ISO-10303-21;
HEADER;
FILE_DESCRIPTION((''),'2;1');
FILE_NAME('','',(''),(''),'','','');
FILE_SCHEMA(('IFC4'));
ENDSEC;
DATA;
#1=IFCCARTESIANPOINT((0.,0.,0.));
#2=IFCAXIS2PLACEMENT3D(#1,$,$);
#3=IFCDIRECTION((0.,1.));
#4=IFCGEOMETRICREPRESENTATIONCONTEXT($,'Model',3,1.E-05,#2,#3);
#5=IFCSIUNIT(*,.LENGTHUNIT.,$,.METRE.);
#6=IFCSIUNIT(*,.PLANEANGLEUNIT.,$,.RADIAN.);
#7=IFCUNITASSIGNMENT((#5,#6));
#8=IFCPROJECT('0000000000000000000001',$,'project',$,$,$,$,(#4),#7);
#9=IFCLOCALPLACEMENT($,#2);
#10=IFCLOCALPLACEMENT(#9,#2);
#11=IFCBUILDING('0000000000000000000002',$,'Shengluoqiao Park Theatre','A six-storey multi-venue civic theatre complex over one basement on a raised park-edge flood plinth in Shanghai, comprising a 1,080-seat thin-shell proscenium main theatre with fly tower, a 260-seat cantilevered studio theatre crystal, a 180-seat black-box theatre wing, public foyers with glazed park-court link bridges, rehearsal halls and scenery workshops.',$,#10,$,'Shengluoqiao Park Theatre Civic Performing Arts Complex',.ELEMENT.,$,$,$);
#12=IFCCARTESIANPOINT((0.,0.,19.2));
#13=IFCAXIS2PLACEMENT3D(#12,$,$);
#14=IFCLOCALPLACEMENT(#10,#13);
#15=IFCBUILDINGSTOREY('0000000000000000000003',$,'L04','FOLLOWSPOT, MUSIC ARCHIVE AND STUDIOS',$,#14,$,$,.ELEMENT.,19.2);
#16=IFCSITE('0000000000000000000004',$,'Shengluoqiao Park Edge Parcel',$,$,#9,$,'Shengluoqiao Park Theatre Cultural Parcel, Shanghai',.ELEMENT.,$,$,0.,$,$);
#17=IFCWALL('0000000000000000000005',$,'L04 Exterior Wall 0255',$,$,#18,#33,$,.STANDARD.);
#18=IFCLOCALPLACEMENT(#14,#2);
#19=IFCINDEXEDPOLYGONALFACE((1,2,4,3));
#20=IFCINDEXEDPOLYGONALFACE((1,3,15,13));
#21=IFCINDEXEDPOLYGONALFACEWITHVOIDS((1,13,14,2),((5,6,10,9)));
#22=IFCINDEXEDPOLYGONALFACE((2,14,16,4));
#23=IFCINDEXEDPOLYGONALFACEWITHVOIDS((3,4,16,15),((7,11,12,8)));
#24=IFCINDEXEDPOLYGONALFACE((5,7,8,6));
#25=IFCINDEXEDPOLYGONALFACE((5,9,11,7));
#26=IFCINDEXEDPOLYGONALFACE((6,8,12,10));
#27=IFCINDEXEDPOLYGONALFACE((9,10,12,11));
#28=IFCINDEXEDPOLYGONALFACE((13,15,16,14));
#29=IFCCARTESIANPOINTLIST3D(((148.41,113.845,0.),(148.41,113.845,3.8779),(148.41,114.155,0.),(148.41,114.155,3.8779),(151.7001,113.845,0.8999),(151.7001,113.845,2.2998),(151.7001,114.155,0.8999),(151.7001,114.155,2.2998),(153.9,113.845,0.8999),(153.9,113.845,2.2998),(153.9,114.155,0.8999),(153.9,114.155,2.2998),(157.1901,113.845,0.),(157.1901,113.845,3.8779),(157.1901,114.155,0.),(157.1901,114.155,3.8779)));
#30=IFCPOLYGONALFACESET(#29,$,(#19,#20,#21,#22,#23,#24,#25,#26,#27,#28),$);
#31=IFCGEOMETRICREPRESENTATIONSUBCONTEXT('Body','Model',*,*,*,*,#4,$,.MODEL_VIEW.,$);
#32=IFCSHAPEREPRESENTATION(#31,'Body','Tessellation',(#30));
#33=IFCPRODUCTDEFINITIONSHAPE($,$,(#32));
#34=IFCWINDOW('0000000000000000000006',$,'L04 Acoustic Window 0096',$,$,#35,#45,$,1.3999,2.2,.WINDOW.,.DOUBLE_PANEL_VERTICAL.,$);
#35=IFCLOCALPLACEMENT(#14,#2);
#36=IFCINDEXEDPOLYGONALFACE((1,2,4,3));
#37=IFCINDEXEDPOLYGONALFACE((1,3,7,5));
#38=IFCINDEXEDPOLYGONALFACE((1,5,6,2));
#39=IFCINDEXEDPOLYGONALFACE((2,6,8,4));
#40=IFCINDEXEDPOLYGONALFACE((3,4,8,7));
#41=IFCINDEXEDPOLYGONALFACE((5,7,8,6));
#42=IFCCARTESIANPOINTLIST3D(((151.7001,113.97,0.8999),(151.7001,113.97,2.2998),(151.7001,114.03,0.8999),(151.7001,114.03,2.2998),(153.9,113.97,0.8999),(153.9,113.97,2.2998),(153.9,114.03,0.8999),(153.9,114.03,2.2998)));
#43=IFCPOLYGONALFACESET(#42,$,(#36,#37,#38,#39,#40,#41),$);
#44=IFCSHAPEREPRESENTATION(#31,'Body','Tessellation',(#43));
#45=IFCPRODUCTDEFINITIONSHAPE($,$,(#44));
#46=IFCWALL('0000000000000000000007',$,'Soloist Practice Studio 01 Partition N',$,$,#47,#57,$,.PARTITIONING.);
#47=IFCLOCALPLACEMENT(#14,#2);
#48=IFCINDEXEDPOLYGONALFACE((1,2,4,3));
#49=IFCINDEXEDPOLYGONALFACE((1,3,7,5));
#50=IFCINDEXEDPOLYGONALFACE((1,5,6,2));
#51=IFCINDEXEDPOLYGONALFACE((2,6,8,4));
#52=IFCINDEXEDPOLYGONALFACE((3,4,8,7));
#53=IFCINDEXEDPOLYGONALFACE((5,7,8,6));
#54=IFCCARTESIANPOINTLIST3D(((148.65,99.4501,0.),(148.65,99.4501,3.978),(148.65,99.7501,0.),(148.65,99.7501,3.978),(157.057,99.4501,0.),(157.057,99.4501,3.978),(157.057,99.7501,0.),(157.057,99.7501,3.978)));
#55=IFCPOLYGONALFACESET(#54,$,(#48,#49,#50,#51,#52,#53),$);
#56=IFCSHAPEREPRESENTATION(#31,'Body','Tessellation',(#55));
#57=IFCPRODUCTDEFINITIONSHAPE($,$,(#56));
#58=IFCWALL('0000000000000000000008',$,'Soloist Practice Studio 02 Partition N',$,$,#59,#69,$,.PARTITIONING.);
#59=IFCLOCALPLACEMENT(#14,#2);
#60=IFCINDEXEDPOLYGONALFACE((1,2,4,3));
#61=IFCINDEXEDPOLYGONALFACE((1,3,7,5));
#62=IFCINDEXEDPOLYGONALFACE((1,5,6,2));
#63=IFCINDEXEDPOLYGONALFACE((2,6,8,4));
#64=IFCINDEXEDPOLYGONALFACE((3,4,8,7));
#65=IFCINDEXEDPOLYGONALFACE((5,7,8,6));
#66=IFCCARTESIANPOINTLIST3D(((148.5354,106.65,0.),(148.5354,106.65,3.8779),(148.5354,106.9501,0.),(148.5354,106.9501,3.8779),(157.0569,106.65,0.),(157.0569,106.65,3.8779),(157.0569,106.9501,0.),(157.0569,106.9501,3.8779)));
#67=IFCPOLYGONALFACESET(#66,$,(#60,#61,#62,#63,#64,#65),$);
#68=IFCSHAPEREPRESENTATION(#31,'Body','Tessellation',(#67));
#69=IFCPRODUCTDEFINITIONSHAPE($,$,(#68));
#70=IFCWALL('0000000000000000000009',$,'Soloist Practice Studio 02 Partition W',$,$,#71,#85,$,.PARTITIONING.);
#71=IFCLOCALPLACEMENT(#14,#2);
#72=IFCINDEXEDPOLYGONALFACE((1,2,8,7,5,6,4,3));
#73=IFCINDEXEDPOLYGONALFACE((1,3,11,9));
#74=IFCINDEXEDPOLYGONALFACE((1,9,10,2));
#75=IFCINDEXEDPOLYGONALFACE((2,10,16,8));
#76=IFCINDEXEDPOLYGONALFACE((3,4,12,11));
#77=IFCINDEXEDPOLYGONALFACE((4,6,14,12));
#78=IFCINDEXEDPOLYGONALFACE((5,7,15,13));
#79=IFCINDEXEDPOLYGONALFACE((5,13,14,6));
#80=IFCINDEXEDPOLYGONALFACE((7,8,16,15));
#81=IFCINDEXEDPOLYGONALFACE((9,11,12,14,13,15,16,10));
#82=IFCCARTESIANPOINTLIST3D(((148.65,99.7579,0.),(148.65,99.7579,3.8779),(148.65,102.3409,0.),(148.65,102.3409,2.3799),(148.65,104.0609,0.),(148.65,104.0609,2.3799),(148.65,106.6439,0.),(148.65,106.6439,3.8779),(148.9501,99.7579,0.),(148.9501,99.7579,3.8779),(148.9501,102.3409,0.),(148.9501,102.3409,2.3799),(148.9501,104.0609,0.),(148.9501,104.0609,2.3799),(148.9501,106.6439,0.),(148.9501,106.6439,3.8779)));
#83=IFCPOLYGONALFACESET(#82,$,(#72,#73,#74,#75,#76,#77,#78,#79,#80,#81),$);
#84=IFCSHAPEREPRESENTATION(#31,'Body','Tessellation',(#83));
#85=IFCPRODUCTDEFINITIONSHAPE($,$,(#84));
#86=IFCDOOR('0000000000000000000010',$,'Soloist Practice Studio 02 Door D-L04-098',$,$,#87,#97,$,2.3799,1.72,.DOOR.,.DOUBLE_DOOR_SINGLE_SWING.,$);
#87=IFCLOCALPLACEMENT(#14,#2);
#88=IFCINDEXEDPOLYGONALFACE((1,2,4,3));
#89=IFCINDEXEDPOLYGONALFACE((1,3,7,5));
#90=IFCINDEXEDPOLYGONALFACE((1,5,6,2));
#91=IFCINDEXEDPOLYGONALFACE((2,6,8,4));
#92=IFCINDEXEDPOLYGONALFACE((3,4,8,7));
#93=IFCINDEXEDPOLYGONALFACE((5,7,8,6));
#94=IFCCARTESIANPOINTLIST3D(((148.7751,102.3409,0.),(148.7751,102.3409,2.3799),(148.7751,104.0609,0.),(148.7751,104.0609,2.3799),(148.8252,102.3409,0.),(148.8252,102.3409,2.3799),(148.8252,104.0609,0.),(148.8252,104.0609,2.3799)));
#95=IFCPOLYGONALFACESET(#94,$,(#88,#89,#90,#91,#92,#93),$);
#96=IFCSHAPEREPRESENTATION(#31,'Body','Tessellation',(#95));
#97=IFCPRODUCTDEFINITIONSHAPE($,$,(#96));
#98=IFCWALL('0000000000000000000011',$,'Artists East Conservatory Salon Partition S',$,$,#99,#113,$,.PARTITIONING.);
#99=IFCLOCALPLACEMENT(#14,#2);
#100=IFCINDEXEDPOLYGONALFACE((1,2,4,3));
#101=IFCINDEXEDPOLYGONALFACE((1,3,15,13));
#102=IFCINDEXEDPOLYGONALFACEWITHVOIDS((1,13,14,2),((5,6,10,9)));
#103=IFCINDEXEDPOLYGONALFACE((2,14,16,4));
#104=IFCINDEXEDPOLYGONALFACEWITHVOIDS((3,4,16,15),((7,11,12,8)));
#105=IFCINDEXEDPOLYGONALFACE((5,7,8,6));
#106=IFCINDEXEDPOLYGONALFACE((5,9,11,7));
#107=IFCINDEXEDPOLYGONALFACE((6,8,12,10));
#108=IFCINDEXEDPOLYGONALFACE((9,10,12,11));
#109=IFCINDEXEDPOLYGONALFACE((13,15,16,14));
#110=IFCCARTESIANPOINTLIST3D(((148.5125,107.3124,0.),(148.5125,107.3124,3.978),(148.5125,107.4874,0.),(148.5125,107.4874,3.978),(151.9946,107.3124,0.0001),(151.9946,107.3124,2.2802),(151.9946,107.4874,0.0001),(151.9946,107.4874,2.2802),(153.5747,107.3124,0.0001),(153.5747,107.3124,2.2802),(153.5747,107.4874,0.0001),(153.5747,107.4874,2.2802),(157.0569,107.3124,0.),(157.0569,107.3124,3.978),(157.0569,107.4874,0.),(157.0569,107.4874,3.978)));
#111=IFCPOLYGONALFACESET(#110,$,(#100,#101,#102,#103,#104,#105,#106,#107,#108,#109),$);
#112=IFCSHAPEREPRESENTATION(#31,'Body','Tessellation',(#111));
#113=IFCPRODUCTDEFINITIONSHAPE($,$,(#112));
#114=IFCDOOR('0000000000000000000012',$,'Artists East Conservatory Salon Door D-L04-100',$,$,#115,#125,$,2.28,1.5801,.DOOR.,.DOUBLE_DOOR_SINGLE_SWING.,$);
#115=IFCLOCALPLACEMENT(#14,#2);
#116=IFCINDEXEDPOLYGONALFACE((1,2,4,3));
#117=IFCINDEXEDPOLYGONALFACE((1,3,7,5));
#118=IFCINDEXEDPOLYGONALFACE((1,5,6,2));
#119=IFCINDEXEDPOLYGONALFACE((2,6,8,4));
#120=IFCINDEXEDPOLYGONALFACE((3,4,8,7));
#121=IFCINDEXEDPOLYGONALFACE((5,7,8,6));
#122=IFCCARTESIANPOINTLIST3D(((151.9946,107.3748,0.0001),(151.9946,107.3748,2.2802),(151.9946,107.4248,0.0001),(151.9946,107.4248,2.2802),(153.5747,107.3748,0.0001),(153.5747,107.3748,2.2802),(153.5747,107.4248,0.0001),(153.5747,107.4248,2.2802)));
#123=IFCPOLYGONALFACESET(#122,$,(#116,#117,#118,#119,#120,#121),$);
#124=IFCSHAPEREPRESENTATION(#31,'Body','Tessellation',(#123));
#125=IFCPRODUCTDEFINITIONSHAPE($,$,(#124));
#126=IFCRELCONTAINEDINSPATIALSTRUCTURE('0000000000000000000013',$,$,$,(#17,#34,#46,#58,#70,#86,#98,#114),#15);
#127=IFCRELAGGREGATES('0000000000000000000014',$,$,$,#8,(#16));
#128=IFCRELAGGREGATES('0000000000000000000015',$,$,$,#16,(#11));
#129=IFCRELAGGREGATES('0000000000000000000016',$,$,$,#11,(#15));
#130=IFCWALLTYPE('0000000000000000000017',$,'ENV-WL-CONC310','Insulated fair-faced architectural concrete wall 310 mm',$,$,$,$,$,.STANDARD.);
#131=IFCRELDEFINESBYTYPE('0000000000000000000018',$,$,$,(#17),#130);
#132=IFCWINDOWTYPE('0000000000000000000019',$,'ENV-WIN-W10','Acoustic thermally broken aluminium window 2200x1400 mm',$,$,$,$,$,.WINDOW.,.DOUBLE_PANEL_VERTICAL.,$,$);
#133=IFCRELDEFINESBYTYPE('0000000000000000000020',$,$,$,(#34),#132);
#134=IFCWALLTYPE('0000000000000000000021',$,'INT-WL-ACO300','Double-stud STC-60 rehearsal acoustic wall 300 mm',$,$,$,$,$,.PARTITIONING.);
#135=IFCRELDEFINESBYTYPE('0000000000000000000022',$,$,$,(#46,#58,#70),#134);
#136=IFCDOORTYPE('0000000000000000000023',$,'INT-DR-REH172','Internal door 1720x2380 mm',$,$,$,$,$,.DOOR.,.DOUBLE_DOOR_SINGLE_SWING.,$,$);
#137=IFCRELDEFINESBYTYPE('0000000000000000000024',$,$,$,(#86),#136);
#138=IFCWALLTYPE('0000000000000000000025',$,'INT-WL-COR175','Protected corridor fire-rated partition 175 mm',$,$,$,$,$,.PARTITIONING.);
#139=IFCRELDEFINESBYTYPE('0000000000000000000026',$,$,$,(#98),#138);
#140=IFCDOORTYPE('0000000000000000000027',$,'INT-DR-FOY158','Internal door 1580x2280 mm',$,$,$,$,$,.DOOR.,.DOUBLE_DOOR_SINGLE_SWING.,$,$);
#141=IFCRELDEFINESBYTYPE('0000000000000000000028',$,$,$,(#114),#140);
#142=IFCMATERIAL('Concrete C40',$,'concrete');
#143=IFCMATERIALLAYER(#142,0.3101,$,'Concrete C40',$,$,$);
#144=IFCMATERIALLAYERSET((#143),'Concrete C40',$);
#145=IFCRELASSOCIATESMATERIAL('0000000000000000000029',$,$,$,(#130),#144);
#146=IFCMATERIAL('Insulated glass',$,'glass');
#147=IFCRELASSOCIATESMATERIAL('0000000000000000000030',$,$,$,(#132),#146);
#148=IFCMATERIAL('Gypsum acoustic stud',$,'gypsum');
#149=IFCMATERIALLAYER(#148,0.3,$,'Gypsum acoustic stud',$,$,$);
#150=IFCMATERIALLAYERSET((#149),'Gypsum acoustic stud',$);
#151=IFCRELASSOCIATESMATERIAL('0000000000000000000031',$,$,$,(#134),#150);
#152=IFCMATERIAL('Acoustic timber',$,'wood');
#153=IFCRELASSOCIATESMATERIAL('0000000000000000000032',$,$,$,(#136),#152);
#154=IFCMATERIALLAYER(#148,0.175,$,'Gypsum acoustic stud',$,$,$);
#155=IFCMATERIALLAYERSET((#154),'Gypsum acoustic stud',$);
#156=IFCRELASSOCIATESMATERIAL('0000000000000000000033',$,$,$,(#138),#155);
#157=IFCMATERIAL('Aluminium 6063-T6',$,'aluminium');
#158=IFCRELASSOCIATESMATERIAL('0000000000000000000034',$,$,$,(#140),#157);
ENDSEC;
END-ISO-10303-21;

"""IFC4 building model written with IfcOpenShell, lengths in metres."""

from ifc_helpers import new_model, si_unit, direction, frame, frame_2d, origin, place, context, subcontext, project, spatial, rectangle, extrude, material, layer, layer_set, type_object, element, fill, save


model = new_model("IFC4")

# Units and contexts
model_context = context("Model", 3, precision=1e-05, world=origin(), true_north=direction((0.0, 1.0)))
body_context = subcontext(model_context, "Body", "Model", "MODEL_VIEW")
ifc_project = project(units=[si_unit("LENGTHUNIT", "METRE"), si_unit("PLANEANGLEUNIT", "RADIAN")], contexts=[model_context])

# Site, building, storey
site_placement = place(None, origin())
site = spatial("IfcSite", under=ifc_project, at=site_placement, Name="Shengluoqiao Park Edge Parcel", LongName="Shengluoqiao Park Theatre Cultural Parcel, Shanghai", CompositionType="ELEMENT", RefElevation=0.0)
building_placement = place(site_placement, origin())
building = spatial("IfcBuilding", under=site, at=building_placement, Name="Shengluoqiao Park Theatre", Description="A six-storey multi-venue civic theatre complex over one basement on a raised park-edge flood plinth in Shanghai, comprising a 1,080-seat thin-shell proscenium main theatre with fly tower, a 260-seat cantilevered studio theatre crystal, a 180-seat black-box theatre wing, public foyers with glazed park-court link bridges, rehearsal halls and scenery workshops.", LongName="Shengluoqiao Park Theatre Civic Performing Arts Complex", CompositionType="ELEMENT")
storey_placement = place(building_placement, frame((0.0, 0.0, 19.2)))
storey = spatial("IfcBuildingStorey", under=building, at=storey_placement, Name="L04", Description="FOLLOWSPOT, MUSIC ARCHIVE AND STUDIOS", CompositionType="ELEMENT", Elevation=19.2)

# Shared definitions
ifc_material_1 = material(Name="Concrete C40", Category="concrete")
ifc_material_2 = material(Name="Aluminium 6063-T6", Category="aluminium")
ifc_material_3 = material(Name="Insulated glass", Category="glass")

# Wall, opening, window
ifc_layer_1 = layer(ifc_material_1, 0.3101, Name="Concrete C40")
ifc_layer_set_1 = layer_set([ifc_layer_1], Name="Concrete C40")
wall_type_1 = type_object("IfcWallType", Name="ENV-WL-CONC310", Description="Insulated fair-faced architectural concrete wall 310 mm", PredefinedType="STANDARD", material=ifc_layer_set_1)
wall_1_placement = place(storey_placement, frame((148.4099, 114.0, 0.0), z_axis=(0.0, 0.0, 1.0), x_axis=(1.0, 0.0, 0.0)))
wall_1 = element("IfcWall", 1, at=wall_1_placement, inside=storey, type_object=wall_type_1, Name="L04 Exterior Wall 0255", PredefinedType="STANDARD", context=body_context, shape_type="SweptSolid", body=[
    extrude(rectangle(XDim=8.78, YDim=0.3101, at=frame_2d((4.3901, 0.0))), origin(), (0.0, 0.0, 1.0), 3.8779),
])
opening_1_placement = place(wall_1_placement, frame((3.29, 0.0, 0.8999)))
opening_1 = element("IfcOpeningElement", 2, at=opening_1_placement, cuts=wall_1, PredefinedType="OPENING", context=body_context, shape_type="SweptSolid", body=[
    extrude(rectangle(XDim=2.2, YDim=1.3999, at=frame_2d((1.1001, 0.7))), frame((0.0, 0.165, 0.0), z_axis=(0.0, -1.0, 0.0), x_axis=(1.0, 0.0, 0.0)), (0.0, 0.0, 1.0), 0.3301),
])
window_type_1 = type_object("IfcWindowType", Name="ENV-WIN-W10", Description="Acoustic thermally broken aluminium window 2200x1400 mm", PartitioningType="DOUBLE_PANEL_VERTICAL", PredefinedType="WINDOW", material=ifc_material_3)
window_1_placement = place(opening_1_placement, origin())
window_1 = element("IfcWindow", 3, at=window_1_placement, inside=storey, type_object=window_type_1, Name="L04 Acoustic Window 0096", OverallHeight=1.3999, OverallWidth=2.2, PartitioningType="DOUBLE_PANEL_VERTICAL", PredefinedType="WINDOW", context=body_context, shape_type="SweptSolid", body=[
    extrude(rectangle(XDim=2.2, YDim=1.3999, at=frame_2d((1.1001, 0.7))), frame((0.0, 0.03, 0.0), z_axis=(0.0, -1.0, 0.0), x_axis=(1.0, 0.0, 0.0)), (0.0, 0.0, 1.0), 0.0601),
])
fill(opening_1, window_1)

# Walls
ifc_material_4 = material(Name="Gypsum acoustic stud", Category="gypsum")
ifc_layer_2 = layer(ifc_material_4, 0.3, Name="Gypsum acoustic stud")
ifc_layer_set_2 = layer_set([ifc_layer_2], Name="Gypsum acoustic stud")
wall_type_2 = type_object("IfcWallType", Name="INT-WL-ACO300", Description="Double-stud STC-60 rehearsal acoustic wall 300 mm", PredefinedType="PARTITIONING", material=ifc_layer_set_2)
wall_2_placement = place(storey_placement, frame((148.6499, 99.6001, 0.0), z_axis=(0.0, 0.0, 1.0), x_axis=(1.0, 0.0, 0.0)))
element("IfcWall", 4, at=wall_2_placement, inside=storey, type_object=wall_type_2, Name="Soloist Practice Studio 01 Partition N", PredefinedType="PARTITIONING", context=body_context, shape_type="SweptSolid", body=[
    extrude(rectangle(XDim=8.407, YDim=0.3, at=frame_2d((4.2036, 0.0))), origin(), (0.0, 0.0, 1.0), 3.978),
])
wall_3_placement = place(storey_placement, frame((148.5354, 106.8, 0.0), z_axis=(0.0, 0.0, 1.0), x_axis=(1.0, 0.0, 0.0)))
element("IfcWall", 5, at=wall_3_placement, inside=storey, type_object=wall_type_2, Name="Soloist Practice Studio 02 Partition N", PredefinedType="PARTITIONING", context=body_context, shape_type="SweptSolid", body=[
    extrude(rectangle(XDim=8.5215, YDim=0.3, at=frame_2d((4.2607, 0.0))), origin(), (0.0, 0.0, 1.0), 3.8779),
])

# Walls, openings, doors
wall_4_placement = place(storey_placement, frame((148.8, 99.7581, 0.0), z_axis=(0.0, 0.0, 1.0), x_axis=(0.0, 1.0, 0.0)))
wall_4 = element("IfcWall", 6, at=wall_4_placement, inside=storey, type_object=wall_type_2, Name="Soloist Practice Studio 02 Partition W", PredefinedType="PARTITIONING", context=body_context, shape_type="SweptSolid", body=[
    extrude(rectangle(XDim=6.886, YDim=0.3, at=frame_2d((3.4429, 0.0))), origin(), (0.0, 0.0, 1.0), 3.8779),
])
opening_2_placement = place(wall_4_placement, frame((2.583, 0.0, 0.0)))
opening_2 = element("IfcOpeningElement", 7, at=opening_2_placement, cuts=wall_4, PredefinedType="OPENING", context=body_context, shape_type="SweptSolid", body=[
    extrude(rectangle(XDim=1.72, YDim=2.3799, at=frame_2d((0.8599, 1.1899))), frame((0.0, 0.1599, 0.0), z_axis=(0.0, -1.0, 0.0), x_axis=(1.0, 0.0, 0.0)), (0.0, 0.0, 1.0), 0.3201),
])
ifc_material_5 = material(Name="Acoustic timber", Category="wood")
door_type_1 = type_object("IfcDoorType", Name="INT-DR-REH172", Description="Internal door 1720x2380 mm", OperationType="DOUBLE_DOOR_SINGLE_SWING", PredefinedType="DOOR", material=ifc_material_5)
door_1_placement = place(opening_2_placement, origin())
door_1 = element("IfcDoor", 8, at=door_1_placement, inside=storey, type_object=door_type_1, Name="Soloist Practice Studio 02 Door D-L04-098", OperationType="DOUBLE_DOOR_SINGLE_SWING", OverallHeight=2.3799, OverallWidth=1.72, PredefinedType="DOOR", context=body_context, shape_type="SweptSolid", body=[
    extrude(rectangle(XDim=1.72, YDim=2.3799, at=frame_2d((0.8599, 1.1899))), frame((0.0, 0.0249, 0.0), z_axis=(0.0, -1.0, 0.0), x_axis=(1.0, 0.0, 0.0)), (0.0, 0.0, 1.0), 0.05),
])
fill(opening_2, door_1)
ifc_layer_3 = layer(ifc_material_4, 0.175, Name="Gypsum acoustic stud")
ifc_layer_set_3 = layer_set([ifc_layer_3], Name="Gypsum acoustic stud")
wall_type_3 = type_object("IfcWallType", Name="INT-WL-COR175", Description="Protected corridor fire-rated partition 175 mm", PredefinedType="PARTITIONING", material=ifc_layer_set_3)
wall_5_placement = place(storey_placement, frame((148.5125, 107.3999, 0.0), z_axis=(0.0, 0.0, 1.0), x_axis=(1.0, 0.0, 0.0)))
wall_5 = element("IfcWall", 9, at=wall_5_placement, inside=storey, type_object=wall_type_3, Name="Artists East Conservatory Salon Partition S", PredefinedType="PARTITIONING", context=body_context, shape_type="SweptSolid", body=[
    extrude(rectangle(XDim=8.5444, YDim=0.175, at=frame_2d((4.2722, 0.0))), origin(), (0.0, 0.0, 1.0), 3.978),
])
opening_3_placement = place(wall_5_placement, frame((3.4822, 0.0, 0.0)))
opening_3 = element("IfcOpeningElement", 10, at=opening_3_placement, cuts=wall_5, PredefinedType="OPENING", context=body_context, shape_type="SweptSolid", body=[
    extrude(rectangle(XDim=1.5801, YDim=2.28, at=frame_2d((0.79, 1.1401))), frame((0.0, 0.0974, 0.0), z_axis=(0.0, -1.0, 0.0), x_axis=(1.0, 0.0, 0.0)), (0.0, 0.0, 1.0), 0.1951),
])
door_type_2 = type_object("IfcDoorType", Name="INT-DR-FOY158", Description="Internal door 1580x2280 mm", OperationType="DOUBLE_DOOR_SINGLE_SWING", PredefinedType="DOOR", material=ifc_material_2)
door_2_placement = place(opening_3_placement, origin())
door_2 = element("IfcDoor", 11, at=door_2_placement, inside=storey, type_object=door_type_2, Name="Artists East Conservatory Salon Door D-L04-100", OperationType="DOUBLE_DOOR_SINGLE_SWING", OverallHeight=2.28, OverallWidth=1.5801, PredefinedType="DOOR", context=body_context, shape_type="SweptSolid", body=[
    extrude(rectangle(XDim=1.5801, YDim=2.28, at=frame_2d((0.79, 1.1401))), frame((0.0, 0.0249, 0.0), z_axis=(0.0, -1.0, 0.0), x_axis=(1.0, 0.0, 0.0)), (0.0, 0.0, 1.0), 0.05),
])
fill(opening_3, door_2)

save(model, "model.ifc")
